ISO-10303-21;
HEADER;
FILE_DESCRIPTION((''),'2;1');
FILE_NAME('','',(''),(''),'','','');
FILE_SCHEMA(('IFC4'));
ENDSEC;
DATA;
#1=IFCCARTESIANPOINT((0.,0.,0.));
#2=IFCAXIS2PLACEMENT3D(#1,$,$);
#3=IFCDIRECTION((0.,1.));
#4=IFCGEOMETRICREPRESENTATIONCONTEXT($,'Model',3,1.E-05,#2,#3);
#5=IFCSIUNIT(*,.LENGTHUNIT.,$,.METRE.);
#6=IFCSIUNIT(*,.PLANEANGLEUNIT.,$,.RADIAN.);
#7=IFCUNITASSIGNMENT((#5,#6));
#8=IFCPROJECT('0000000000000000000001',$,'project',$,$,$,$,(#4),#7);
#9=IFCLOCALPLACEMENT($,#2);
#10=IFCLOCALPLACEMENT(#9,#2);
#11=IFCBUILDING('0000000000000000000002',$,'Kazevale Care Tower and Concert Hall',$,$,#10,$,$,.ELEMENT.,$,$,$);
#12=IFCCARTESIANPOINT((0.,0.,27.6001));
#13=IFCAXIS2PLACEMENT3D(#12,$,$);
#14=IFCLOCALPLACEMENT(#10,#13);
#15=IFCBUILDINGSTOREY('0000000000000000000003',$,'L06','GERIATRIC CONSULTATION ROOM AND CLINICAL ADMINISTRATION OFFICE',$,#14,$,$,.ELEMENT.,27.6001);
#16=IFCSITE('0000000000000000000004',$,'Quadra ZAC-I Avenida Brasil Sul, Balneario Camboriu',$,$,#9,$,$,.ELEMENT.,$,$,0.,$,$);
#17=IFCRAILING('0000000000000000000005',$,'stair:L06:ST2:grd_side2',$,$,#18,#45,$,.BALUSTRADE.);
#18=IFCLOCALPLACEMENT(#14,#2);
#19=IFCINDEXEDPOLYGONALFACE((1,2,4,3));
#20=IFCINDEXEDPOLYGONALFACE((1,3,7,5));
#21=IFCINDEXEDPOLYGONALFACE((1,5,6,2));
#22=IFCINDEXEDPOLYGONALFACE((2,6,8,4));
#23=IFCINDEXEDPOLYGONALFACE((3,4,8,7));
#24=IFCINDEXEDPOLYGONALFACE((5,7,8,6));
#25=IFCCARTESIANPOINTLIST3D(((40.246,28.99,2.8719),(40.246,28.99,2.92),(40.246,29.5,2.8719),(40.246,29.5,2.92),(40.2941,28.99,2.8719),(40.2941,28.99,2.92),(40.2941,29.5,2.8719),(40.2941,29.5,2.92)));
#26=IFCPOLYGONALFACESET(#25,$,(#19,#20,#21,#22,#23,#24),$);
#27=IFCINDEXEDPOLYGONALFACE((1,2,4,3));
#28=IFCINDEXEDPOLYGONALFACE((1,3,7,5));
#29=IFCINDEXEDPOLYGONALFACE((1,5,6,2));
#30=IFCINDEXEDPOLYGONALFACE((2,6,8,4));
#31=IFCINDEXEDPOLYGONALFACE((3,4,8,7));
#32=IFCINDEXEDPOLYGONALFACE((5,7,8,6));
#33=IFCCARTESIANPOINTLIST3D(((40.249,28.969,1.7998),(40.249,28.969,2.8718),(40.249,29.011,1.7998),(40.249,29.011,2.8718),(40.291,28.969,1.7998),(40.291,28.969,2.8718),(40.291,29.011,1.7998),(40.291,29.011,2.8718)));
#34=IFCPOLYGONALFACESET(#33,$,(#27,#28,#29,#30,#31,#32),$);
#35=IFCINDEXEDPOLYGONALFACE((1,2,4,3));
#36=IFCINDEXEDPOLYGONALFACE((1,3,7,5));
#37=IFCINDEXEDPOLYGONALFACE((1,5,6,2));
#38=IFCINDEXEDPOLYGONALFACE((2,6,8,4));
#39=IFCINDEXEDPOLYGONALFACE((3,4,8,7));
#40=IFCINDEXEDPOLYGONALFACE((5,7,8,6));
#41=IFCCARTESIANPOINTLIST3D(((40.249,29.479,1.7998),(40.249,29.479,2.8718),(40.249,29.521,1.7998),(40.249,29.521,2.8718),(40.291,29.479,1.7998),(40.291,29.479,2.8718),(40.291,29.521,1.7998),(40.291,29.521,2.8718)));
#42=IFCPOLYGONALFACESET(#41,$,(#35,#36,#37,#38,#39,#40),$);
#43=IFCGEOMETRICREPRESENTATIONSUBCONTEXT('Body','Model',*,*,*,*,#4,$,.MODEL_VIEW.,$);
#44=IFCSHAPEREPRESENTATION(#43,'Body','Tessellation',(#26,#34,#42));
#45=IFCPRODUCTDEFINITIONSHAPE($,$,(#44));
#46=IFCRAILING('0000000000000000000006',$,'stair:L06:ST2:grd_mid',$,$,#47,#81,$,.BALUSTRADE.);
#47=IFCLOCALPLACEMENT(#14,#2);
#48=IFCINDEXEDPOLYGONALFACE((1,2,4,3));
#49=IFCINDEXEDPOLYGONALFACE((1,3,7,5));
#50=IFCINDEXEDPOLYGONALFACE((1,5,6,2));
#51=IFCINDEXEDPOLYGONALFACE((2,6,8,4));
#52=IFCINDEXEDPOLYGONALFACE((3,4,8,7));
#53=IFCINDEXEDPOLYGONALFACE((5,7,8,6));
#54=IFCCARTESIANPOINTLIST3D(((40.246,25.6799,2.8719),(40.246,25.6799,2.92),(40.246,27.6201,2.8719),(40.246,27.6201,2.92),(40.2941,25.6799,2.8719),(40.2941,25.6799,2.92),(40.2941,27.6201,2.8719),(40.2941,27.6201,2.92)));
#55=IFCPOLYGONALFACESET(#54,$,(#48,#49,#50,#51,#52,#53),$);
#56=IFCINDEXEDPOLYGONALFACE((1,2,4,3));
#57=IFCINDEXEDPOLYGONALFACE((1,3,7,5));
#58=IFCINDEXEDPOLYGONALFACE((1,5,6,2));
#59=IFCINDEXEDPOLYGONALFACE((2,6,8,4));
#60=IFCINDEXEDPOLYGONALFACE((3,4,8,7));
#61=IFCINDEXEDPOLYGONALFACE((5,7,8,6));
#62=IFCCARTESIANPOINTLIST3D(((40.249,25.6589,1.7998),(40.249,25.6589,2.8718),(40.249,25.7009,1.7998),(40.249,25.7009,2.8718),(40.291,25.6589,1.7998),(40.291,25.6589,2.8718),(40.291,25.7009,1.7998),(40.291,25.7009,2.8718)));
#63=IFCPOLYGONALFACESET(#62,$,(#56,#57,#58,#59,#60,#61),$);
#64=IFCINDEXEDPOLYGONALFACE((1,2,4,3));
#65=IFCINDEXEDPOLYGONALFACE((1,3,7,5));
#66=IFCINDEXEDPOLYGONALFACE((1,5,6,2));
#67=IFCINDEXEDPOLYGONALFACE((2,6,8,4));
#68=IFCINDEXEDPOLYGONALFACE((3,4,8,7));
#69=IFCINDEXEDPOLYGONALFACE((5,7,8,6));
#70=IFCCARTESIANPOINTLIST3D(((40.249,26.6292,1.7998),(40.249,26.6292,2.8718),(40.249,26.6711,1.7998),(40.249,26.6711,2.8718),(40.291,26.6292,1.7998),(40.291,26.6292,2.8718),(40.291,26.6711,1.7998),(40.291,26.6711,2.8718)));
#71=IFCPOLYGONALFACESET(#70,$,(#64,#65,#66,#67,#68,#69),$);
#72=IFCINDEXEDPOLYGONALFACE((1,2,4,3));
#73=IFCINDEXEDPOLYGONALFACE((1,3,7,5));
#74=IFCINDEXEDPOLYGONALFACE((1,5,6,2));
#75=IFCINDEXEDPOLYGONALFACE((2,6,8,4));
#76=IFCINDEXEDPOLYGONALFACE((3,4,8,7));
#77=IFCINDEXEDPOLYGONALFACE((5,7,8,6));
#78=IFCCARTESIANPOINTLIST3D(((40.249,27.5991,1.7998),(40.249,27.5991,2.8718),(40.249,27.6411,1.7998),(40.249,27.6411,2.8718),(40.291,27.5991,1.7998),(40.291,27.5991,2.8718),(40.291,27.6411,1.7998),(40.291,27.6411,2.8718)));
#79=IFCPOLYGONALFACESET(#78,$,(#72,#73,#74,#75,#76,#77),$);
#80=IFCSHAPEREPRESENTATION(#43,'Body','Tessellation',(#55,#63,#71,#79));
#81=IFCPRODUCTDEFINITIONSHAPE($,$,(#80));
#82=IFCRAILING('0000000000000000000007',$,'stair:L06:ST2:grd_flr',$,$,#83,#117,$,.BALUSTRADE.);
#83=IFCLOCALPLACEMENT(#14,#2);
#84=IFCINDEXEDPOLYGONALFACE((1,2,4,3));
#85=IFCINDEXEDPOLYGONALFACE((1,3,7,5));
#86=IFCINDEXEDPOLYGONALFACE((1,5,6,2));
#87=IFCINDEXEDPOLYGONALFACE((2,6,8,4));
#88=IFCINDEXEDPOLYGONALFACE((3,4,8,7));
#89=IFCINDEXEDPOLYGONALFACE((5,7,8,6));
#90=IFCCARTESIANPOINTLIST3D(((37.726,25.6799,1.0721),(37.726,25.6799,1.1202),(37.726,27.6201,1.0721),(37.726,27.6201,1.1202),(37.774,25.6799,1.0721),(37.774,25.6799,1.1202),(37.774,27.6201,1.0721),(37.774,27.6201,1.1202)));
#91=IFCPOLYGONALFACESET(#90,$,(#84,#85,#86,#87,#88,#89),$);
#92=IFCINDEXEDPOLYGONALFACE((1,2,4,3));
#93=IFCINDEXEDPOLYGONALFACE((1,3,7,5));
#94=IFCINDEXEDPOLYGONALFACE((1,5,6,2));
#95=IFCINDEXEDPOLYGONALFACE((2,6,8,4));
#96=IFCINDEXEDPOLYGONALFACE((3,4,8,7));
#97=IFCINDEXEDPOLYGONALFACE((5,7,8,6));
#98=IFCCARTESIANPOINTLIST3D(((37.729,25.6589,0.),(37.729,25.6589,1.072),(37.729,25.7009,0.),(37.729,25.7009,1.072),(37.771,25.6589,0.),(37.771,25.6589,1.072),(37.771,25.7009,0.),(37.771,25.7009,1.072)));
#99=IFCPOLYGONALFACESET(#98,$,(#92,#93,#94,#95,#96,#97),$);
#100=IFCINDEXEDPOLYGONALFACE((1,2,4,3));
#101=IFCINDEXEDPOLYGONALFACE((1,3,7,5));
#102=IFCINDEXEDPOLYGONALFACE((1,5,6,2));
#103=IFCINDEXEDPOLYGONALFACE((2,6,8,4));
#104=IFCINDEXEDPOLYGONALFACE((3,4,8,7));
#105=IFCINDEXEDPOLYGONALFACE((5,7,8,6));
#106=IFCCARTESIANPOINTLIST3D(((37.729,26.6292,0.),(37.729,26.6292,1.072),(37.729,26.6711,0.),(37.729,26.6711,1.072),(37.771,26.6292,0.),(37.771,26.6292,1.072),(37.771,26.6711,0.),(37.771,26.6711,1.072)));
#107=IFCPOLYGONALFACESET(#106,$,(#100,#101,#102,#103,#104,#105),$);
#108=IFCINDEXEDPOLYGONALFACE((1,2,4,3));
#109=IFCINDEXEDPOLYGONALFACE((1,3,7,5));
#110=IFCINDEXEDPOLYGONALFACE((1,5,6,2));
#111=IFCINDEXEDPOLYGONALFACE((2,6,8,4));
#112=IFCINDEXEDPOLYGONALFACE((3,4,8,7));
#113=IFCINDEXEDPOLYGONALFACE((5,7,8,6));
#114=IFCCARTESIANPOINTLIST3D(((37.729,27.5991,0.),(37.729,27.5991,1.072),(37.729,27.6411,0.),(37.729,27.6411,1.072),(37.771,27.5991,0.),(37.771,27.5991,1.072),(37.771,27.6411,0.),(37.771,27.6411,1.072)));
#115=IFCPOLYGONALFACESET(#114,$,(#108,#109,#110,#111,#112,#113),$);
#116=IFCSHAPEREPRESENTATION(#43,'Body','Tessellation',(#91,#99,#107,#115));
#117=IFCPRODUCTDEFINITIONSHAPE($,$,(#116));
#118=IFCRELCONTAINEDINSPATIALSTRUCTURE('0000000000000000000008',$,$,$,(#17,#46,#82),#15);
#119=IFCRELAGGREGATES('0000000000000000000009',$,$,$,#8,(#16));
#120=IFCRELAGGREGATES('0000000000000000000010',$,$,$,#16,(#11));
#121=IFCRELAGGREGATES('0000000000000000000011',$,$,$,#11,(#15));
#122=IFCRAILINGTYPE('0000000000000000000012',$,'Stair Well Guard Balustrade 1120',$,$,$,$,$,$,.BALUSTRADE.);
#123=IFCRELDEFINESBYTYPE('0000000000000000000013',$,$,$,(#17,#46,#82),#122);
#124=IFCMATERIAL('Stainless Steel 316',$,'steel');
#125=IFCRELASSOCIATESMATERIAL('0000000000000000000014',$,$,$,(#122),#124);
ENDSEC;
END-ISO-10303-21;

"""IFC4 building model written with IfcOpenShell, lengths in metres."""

from ifc_helpers import new_model, si_unit, direction, frame, origin, origin_2d, place, context, subcontext, project, spatial, rectangle, extrude, material, type_object, element, save


model = new_model("IFC4")

# Units and contexts
model_context = context("Model", 3, precision=1e-05, world=origin(), true_north=direction((0.0, 1.0)))
body_context = subcontext(model_context, "Body", "Model", "MODEL_VIEW")
ifc_project = project(units=[si_unit("LENGTHUNIT", "METRE"), si_unit("PLANEANGLEUNIT", "RADIAN")], contexts=[model_context])

# Site, building, storey
site_placement = place(None, origin())
site = spatial("IfcSite", under=ifc_project, at=site_placement, Name="Quadra ZAC-I Avenida Brasil Sul, Balneario Camboriu", CompositionType="ELEMENT", RefElevation=0.0)
building_placement = place(site_placement, origin())
building = spatial("IfcBuilding", under=site, at=building_placement, Name="Kazevale Care Tower and Concert Hall", CompositionType="ELEMENT")
storey_placement = place(building_placement, frame((0.0, 0.0, 27.6001)))
storey = spatial("IfcBuildingStorey", under=building, at=storey_placement, Name="L06", Description="GERIATRIC CONSULTATION ROOM AND CLINICAL ADMINISTRATION OFFICE", CompositionType="ELEMENT", Elevation=27.6001)

# Railings
ifc_material_1 = material(Name="Stainless Steel 316", Category="steel")
railing_type_1 = type_object("IfcRailingType", Name="Stair Well Guard Balustrade 1120", PredefinedType="BALUSTRADE", material=ifc_material_1)
railing_1_placement = place(storey_placement, frame((40.27, 28.99, 1.7998)))
element("IfcRailing", 1, at=railing_1_placement, inside=storey, type_object=railing_type_1, Name="stair:L06:ST2:grd_side2", PredefinedType="BALUSTRADE", context=body_context, shape_type="SweptSolid", body=[
    extrude(rectangle(XDim=0.0481, YDim=0.0481, at=origin_2d()), frame((0.0, 0.0, 1.0962), z_axis=(0.0, 1.0, 0.0), x_axis=(-1.0, 0.0, 0.0)), (0.0, 0.0, 1.0), 0.51),
    extrude(rectangle(XDim=0.042, YDim=0.042, at=origin_2d()), origin(), (0.0, 0.0, 1.0), 1.072),
    extrude(rectangle(XDim=0.042, YDim=0.042, at=origin_2d()), frame((0.0, 0.51, 0.0)), (0.0, 0.0, 1.0), 1.072),
])
for number, where, name in (
    (2, (40.27, 25.6799, 1.7998), "stair:L06:ST2:grd_mid"),
    (3, (37.75, 25.6799, 0.0), "stair:L06:ST2:grd_flr"),
):
    element("IfcRailing", number, at=place(storey_placement, frame(where)), inside=storey, type_object=railing_type_1, Name=name, PredefinedType="BALUSTRADE", context=body_context, shape_type="SweptSolid", body=[
        extrude(rectangle(XDim=0.0481, YDim=0.0481, at=origin_2d()), frame((0.0, 0.0, 1.0962), z_axis=(0.0, 1.0, 0.0), x_axis=(-1.0, 0.0, 0.0)), (0.0, 0.0, 1.0), 1.9402),
        extrude(rectangle(XDim=0.042, YDim=0.042, at=origin_2d()), origin(), (0.0, 0.0, 1.0), 1.072),
        extrude(rectangle(XDim=0.042, YDim=0.042, at=origin_2d()), frame((0.0, 0.9702, 0.0)), (0.0, 0.0, 1.0), 1.072),
        extrude(rectangle(XDim=0.042, YDim=0.042, at=origin_2d()), frame((0.0, 1.9402, 0.0)), (0.0, 0.0, 1.0), 1.072),
    ])

save(model, "model.ifc")
